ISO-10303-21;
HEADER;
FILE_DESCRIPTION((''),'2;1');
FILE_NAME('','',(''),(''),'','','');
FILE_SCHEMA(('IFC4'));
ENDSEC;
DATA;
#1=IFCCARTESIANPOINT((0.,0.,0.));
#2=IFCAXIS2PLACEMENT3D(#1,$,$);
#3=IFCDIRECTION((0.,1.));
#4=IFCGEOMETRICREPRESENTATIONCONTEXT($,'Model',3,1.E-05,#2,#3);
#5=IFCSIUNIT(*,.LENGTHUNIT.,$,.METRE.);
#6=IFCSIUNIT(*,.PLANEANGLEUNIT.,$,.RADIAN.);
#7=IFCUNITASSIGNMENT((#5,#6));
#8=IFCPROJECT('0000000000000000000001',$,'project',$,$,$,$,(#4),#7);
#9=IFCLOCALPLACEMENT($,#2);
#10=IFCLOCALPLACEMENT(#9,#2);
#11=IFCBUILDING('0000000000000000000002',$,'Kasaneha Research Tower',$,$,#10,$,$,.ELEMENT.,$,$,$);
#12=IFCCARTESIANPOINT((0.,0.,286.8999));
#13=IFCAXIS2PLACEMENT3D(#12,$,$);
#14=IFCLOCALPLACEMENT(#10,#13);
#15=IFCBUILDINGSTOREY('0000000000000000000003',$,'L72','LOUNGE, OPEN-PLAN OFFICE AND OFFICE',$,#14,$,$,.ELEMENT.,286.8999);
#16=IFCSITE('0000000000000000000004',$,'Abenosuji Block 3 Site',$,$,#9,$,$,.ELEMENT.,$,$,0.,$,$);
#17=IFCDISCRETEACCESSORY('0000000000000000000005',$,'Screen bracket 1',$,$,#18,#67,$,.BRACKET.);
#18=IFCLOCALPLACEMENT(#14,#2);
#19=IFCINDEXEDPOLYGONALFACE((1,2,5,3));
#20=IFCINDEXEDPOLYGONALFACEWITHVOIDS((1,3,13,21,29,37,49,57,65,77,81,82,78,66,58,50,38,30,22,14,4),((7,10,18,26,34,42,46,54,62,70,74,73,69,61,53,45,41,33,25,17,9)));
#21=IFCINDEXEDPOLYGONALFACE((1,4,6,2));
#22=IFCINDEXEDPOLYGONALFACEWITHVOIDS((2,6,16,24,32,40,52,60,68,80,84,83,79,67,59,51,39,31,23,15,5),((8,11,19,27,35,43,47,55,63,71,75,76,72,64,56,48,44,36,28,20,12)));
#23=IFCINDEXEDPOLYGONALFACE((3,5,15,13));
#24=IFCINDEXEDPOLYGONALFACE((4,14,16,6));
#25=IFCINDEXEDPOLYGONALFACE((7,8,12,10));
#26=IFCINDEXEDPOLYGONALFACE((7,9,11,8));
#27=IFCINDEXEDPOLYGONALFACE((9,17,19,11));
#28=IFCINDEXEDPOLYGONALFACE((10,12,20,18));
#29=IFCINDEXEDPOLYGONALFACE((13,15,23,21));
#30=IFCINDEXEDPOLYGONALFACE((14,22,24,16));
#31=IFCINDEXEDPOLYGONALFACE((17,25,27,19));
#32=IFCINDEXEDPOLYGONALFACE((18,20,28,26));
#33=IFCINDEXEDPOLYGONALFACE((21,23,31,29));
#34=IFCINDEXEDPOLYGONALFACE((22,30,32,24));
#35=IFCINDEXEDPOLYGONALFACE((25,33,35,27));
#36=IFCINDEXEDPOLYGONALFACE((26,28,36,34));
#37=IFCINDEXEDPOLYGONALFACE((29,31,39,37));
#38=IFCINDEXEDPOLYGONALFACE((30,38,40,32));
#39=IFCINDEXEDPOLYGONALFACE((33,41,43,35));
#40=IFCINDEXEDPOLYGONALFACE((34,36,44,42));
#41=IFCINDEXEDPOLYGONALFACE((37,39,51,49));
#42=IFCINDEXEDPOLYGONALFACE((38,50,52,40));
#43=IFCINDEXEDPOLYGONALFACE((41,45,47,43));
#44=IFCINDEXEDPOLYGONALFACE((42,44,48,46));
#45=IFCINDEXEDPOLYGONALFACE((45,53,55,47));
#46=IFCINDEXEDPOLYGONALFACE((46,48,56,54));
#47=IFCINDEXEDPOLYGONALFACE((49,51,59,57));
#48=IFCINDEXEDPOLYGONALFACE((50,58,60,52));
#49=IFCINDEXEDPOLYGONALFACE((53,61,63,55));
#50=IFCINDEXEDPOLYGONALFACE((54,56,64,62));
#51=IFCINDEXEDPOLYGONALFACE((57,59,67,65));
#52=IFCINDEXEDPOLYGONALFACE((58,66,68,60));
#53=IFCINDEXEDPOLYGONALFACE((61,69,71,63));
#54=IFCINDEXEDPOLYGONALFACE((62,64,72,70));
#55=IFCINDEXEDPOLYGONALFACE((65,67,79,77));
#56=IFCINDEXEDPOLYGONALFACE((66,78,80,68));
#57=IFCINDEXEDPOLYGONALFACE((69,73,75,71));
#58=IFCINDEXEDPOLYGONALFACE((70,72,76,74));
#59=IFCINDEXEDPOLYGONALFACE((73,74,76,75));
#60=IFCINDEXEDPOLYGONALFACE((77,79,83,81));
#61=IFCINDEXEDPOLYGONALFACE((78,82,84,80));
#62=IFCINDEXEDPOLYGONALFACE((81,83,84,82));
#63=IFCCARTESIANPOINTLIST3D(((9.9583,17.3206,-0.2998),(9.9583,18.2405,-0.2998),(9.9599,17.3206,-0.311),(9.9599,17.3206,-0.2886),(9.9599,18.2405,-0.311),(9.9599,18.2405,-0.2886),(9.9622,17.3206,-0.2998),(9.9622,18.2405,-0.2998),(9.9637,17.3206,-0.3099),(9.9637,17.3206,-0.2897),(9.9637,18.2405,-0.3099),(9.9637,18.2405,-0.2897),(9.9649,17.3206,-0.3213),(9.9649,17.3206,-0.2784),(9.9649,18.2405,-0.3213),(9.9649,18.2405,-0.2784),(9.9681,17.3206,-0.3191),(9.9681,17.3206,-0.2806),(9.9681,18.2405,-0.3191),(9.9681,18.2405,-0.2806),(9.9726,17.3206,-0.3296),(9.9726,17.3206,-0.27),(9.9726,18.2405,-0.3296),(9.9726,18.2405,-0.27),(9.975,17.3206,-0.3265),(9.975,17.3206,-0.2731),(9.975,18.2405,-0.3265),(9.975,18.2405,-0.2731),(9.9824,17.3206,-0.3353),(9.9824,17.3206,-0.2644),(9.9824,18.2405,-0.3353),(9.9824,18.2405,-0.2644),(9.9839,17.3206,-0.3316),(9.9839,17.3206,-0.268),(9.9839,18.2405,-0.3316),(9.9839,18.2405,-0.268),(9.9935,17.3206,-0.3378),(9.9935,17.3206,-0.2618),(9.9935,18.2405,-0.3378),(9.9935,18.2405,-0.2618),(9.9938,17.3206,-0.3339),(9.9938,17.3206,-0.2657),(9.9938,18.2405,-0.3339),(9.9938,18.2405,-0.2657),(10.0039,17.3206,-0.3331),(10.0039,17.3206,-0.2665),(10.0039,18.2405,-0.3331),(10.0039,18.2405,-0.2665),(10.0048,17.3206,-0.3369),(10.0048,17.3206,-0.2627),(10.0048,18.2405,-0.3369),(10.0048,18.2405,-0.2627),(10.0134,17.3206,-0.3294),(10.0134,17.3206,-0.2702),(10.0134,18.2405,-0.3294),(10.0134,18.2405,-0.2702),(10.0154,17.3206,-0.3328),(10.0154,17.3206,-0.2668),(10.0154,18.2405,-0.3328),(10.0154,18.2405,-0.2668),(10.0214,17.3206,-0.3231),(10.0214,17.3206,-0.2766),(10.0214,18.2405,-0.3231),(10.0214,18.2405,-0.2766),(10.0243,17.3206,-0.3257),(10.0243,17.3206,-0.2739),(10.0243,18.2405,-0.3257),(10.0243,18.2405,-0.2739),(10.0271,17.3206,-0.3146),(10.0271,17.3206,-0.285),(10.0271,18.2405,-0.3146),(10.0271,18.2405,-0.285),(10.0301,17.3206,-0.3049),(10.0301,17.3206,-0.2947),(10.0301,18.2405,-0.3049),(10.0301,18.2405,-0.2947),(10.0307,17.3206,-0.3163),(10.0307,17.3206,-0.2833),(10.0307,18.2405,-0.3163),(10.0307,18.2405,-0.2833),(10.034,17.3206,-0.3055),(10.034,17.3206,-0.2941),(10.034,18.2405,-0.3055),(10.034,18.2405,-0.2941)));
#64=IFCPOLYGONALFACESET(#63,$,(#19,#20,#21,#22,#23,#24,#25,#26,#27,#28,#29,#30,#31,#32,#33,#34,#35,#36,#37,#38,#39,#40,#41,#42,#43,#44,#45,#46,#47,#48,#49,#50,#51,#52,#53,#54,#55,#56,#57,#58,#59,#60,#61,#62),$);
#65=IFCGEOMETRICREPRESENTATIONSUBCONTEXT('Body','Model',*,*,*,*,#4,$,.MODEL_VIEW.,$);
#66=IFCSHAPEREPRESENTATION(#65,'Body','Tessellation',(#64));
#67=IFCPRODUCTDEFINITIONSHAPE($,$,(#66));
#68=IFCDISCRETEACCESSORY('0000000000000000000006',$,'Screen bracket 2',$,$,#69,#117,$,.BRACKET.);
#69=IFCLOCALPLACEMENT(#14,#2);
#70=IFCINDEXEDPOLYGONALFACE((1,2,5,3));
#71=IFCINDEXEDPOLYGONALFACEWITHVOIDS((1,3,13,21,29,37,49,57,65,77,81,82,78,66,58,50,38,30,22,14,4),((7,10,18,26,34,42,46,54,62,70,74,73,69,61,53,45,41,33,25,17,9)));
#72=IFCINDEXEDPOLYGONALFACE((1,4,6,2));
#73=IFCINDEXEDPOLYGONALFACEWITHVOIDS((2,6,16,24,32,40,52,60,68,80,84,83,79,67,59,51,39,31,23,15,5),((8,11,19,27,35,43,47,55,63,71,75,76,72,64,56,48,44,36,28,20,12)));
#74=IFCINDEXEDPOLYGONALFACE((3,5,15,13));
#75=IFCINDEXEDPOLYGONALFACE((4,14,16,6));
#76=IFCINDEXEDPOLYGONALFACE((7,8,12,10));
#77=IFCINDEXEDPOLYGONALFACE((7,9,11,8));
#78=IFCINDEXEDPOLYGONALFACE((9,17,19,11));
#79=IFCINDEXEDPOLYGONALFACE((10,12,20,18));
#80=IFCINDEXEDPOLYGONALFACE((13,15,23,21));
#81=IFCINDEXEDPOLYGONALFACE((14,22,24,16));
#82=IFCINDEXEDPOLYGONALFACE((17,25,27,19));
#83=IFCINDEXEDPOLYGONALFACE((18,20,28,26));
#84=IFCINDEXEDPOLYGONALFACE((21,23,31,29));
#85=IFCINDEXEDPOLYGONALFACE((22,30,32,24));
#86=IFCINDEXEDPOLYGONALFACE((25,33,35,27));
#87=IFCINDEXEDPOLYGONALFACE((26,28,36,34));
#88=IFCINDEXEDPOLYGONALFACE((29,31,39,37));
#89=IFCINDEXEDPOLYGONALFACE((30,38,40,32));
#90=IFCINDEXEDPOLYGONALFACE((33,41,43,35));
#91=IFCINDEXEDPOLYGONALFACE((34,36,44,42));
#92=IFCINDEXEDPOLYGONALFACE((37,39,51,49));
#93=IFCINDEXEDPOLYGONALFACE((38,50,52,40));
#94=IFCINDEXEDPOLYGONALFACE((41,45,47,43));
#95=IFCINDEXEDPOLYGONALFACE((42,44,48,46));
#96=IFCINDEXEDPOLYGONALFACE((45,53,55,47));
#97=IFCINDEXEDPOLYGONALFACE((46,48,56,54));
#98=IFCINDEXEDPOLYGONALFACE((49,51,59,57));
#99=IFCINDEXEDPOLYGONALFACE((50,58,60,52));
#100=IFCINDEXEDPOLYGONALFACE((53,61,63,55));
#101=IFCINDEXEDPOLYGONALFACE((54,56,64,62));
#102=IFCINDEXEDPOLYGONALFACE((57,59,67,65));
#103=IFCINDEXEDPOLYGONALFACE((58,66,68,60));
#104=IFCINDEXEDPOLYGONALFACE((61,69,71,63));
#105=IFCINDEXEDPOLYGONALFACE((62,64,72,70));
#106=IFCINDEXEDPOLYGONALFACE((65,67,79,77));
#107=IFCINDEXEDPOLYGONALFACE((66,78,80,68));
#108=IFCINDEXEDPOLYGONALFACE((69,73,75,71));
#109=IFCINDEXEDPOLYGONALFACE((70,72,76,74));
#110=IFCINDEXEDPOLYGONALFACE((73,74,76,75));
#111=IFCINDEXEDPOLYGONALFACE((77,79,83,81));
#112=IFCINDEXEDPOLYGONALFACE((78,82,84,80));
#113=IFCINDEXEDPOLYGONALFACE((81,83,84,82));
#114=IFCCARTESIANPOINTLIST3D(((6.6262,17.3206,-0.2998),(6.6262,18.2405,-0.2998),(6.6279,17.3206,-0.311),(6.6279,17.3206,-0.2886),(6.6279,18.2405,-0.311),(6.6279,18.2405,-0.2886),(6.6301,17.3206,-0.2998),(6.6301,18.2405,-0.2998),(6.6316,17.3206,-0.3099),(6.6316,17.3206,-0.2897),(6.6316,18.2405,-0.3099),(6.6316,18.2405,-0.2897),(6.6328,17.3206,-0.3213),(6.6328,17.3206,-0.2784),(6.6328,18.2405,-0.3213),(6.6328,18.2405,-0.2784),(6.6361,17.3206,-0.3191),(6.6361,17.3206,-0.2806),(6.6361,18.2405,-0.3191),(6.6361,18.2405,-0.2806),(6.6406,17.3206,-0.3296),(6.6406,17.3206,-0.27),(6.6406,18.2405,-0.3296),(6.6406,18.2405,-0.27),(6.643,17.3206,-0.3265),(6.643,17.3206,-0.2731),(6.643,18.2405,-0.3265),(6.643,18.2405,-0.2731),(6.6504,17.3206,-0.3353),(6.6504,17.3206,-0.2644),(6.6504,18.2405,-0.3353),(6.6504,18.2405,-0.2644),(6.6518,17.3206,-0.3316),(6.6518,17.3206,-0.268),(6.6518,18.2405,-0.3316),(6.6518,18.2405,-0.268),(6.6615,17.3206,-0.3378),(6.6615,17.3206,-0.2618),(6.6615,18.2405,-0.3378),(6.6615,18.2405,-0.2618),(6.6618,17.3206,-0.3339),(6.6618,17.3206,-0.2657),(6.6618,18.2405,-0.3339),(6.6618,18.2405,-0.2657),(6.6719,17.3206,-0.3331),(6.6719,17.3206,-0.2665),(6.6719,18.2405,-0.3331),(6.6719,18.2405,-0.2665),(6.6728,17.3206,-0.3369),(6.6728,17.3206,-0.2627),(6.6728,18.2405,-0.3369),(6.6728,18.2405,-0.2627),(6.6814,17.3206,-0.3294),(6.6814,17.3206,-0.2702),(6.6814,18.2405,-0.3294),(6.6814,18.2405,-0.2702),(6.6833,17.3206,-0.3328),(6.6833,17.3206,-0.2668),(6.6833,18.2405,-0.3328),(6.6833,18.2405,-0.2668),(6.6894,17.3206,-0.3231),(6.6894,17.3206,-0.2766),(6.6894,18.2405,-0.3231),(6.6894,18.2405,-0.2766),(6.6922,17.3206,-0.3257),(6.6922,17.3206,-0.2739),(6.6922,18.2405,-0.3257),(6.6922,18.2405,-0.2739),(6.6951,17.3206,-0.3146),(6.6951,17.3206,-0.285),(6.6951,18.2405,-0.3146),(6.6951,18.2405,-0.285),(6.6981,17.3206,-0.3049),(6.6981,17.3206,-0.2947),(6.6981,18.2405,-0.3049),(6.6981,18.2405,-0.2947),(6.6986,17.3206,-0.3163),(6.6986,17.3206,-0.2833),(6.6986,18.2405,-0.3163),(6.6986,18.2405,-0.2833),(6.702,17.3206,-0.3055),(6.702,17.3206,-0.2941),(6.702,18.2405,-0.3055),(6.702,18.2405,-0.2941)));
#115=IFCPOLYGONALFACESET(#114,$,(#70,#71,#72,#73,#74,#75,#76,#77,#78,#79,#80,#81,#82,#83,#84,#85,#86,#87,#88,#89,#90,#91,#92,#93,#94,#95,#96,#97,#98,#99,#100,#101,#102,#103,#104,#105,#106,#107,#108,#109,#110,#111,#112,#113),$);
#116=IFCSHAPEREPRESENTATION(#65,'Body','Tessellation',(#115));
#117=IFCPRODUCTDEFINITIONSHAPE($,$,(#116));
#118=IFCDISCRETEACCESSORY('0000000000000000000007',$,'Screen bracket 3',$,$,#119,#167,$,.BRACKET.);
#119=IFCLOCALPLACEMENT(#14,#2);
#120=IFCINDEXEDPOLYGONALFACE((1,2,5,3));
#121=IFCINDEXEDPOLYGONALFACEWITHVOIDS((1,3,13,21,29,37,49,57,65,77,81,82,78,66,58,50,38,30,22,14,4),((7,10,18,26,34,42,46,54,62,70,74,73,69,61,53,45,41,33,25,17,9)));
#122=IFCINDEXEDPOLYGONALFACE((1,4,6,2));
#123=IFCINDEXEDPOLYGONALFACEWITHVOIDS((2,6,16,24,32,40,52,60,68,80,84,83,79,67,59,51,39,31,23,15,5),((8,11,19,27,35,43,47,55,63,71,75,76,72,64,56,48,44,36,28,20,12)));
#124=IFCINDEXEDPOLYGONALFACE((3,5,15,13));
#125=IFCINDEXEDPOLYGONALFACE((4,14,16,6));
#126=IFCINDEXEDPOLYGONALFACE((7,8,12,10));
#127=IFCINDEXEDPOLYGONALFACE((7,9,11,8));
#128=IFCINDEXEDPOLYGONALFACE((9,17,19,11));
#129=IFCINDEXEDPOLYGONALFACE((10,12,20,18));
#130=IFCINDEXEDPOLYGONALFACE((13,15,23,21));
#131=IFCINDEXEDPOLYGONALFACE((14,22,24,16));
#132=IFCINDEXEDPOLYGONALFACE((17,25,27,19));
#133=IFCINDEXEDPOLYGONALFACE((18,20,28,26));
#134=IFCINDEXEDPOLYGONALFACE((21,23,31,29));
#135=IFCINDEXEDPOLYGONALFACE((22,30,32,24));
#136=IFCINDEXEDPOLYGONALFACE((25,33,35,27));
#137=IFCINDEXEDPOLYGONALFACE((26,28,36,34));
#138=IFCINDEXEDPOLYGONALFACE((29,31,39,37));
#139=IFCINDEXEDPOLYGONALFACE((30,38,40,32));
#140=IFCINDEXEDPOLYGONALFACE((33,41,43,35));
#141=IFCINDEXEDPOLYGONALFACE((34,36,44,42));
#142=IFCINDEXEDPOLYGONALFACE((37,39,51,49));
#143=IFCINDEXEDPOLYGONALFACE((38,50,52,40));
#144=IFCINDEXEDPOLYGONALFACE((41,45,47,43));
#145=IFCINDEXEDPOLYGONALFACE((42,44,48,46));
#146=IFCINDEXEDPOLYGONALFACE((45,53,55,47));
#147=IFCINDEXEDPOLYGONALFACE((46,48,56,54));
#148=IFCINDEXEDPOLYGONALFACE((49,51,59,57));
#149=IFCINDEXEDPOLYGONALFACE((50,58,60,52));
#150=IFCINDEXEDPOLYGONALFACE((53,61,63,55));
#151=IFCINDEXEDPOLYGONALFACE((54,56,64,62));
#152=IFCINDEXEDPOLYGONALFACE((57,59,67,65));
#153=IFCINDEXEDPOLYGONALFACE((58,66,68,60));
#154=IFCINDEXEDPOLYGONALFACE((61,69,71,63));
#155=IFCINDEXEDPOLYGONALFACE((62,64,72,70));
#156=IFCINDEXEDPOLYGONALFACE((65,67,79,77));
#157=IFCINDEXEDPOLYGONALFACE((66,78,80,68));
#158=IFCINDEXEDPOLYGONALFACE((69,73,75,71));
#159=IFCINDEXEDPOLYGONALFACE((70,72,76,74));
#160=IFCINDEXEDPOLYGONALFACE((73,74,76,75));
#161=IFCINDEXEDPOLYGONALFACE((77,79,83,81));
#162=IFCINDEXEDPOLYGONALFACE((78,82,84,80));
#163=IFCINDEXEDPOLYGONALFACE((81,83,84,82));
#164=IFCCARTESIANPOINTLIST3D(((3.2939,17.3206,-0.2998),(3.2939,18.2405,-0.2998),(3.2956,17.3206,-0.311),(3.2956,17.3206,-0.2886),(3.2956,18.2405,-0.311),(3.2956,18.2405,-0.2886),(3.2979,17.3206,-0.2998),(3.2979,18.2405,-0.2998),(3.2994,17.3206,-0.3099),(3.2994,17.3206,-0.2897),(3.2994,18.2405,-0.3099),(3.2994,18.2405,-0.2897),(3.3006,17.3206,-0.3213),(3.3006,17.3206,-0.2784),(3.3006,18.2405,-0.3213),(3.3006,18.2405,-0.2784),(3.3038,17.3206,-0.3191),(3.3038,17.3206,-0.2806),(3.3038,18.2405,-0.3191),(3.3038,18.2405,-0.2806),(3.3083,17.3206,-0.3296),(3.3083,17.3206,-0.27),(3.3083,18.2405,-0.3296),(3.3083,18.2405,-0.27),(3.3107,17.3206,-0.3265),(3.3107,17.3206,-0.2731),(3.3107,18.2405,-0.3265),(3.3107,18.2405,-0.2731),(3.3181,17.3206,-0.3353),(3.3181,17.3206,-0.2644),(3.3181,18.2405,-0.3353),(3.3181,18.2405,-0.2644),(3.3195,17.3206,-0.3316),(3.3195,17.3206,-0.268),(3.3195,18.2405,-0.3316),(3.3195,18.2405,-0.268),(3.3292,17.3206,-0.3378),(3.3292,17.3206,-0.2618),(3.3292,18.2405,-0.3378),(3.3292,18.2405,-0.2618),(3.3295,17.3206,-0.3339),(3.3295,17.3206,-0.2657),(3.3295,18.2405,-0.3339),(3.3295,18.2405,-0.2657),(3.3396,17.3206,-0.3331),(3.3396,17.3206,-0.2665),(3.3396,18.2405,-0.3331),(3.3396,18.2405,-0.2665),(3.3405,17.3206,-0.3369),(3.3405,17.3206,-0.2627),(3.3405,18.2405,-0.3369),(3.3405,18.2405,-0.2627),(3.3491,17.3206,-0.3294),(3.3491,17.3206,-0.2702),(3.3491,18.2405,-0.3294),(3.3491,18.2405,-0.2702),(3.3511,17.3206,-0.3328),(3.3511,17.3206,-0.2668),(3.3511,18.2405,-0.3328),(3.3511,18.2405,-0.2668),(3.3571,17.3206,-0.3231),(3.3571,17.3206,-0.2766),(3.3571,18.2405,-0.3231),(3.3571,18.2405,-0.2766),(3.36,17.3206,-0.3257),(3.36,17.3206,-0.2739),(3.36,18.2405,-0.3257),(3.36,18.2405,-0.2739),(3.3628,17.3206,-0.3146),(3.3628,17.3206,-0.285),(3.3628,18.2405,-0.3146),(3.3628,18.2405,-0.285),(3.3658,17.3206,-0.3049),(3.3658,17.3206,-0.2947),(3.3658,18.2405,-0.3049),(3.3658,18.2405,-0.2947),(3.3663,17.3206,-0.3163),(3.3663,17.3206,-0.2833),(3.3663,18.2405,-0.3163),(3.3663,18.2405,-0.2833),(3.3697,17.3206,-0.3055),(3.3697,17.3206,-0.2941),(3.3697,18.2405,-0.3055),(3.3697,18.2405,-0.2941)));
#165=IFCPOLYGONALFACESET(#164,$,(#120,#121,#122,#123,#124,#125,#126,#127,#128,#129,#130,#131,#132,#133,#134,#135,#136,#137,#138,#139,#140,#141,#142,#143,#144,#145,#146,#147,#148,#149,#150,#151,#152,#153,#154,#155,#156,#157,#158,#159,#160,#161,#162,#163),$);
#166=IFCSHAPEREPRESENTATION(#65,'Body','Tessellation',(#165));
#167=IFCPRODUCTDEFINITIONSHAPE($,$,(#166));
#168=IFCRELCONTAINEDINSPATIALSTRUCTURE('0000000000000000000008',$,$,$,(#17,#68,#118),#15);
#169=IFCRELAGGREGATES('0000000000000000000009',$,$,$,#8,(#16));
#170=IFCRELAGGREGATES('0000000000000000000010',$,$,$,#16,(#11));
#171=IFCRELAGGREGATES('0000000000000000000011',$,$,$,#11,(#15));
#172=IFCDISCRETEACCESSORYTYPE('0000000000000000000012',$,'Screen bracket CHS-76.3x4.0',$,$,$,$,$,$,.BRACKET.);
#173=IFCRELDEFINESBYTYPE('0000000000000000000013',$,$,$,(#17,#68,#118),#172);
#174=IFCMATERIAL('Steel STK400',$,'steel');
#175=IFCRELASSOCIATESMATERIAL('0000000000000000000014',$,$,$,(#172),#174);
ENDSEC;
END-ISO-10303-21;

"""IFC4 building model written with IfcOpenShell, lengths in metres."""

from ifc_helpers import new_model, si_unit, direction, frame, origin, origin_2d, place, context, subcontext, project, spatial, hollow_circle, extrude, material, material_profile, profile_set, type_object, element, save


model = new_model("IFC4")

# Units and contexts
model_context = context("Model", 3, precision=1e-05, world=origin(), true_north=direction((0.0, 1.0)))
body_context = subcontext(model_context, "Body", "Model", "MODEL_VIEW")
ifc_project = project(units=[si_unit("LENGTHUNIT", "METRE"), si_unit("PLANEANGLEUNIT", "RADIAN")], contexts=[model_context])

# Site, building, storey
site_placement = place(None, origin())
site = spatial("IfcSite", under=ifc_project, at=site_placement, Name="Abenosuji Block 3 Site", CompositionType="ELEMENT", RefElevation=0.0)
building_placement = place(site_placement, origin())
building = spatial("IfcBuilding", under=site, at=building_placement, Name="Kasaneha Research Tower", CompositionType="ELEMENT")
storey_placement = place(building_placement, frame((0.0, 0.0, 286.8999)))
storey = spatial("IfcBuildingStorey", under=building, at=storey_placement, Name="L72", Description="LOUNGE, OPEN-PLAN OFFICE AND OFFICE", CompositionType="ELEMENT", Elevation=286.8999)

# Discrete accessories
ifc_material_1 = material(Name="Steel STK400", Category="steel")
ifc_material_profile_1 = material_profile(ifc_material_1, hollow_circle(Radius=0.0381, WallThickness=0.0039, at=origin_2d()), Name="CHS-76.3x4.0")
ifc_profile_set_1 = profile_set([ifc_material_profile_1], Name="Steel STK400")
discrete_accessory_type = type_object("IfcDiscreteAccessoryType", Name="Screen bracket CHS-76.3x4.0", PredefinedType="BRACKET", material=ifc_profile_set_1)
for number, where, z_axis, x_axis, name in (
    (1, (9.9963, 17.3206, -0.2998), (0.0, 1.0, 0.0), (-1.0, 0.0, 0.0), "Screen bracket 1"),
    (2, (6.6643, 17.3206, -0.2998), (0.0, 1.0, 0.0), (-1.0, 0.0, 0.0), "Screen bracket 2"),
    (3, (3.332, 17.3206, -0.2998), (0.0, 1.0, 0.0), (-1.0, 0.0, 0.0), "Screen bracket 3"),
):
    element("IfcDiscreteAccessory", number, at=place(storey_placement, frame(where, z_axis=z_axis, x_axis=x_axis)), inside=storey, type_object=discrete_accessory_type, Name=name, PredefinedType="BRACKET", context=body_context, shape_type="SweptSolid", body=[
        extrude(hollow_circle(Radius=0.0381, WallThickness=0.0039, at=origin_2d()), origin(), (0.0, 0.0, 1.0), 0.9199),
    ])

save(model, "model.ifc")
